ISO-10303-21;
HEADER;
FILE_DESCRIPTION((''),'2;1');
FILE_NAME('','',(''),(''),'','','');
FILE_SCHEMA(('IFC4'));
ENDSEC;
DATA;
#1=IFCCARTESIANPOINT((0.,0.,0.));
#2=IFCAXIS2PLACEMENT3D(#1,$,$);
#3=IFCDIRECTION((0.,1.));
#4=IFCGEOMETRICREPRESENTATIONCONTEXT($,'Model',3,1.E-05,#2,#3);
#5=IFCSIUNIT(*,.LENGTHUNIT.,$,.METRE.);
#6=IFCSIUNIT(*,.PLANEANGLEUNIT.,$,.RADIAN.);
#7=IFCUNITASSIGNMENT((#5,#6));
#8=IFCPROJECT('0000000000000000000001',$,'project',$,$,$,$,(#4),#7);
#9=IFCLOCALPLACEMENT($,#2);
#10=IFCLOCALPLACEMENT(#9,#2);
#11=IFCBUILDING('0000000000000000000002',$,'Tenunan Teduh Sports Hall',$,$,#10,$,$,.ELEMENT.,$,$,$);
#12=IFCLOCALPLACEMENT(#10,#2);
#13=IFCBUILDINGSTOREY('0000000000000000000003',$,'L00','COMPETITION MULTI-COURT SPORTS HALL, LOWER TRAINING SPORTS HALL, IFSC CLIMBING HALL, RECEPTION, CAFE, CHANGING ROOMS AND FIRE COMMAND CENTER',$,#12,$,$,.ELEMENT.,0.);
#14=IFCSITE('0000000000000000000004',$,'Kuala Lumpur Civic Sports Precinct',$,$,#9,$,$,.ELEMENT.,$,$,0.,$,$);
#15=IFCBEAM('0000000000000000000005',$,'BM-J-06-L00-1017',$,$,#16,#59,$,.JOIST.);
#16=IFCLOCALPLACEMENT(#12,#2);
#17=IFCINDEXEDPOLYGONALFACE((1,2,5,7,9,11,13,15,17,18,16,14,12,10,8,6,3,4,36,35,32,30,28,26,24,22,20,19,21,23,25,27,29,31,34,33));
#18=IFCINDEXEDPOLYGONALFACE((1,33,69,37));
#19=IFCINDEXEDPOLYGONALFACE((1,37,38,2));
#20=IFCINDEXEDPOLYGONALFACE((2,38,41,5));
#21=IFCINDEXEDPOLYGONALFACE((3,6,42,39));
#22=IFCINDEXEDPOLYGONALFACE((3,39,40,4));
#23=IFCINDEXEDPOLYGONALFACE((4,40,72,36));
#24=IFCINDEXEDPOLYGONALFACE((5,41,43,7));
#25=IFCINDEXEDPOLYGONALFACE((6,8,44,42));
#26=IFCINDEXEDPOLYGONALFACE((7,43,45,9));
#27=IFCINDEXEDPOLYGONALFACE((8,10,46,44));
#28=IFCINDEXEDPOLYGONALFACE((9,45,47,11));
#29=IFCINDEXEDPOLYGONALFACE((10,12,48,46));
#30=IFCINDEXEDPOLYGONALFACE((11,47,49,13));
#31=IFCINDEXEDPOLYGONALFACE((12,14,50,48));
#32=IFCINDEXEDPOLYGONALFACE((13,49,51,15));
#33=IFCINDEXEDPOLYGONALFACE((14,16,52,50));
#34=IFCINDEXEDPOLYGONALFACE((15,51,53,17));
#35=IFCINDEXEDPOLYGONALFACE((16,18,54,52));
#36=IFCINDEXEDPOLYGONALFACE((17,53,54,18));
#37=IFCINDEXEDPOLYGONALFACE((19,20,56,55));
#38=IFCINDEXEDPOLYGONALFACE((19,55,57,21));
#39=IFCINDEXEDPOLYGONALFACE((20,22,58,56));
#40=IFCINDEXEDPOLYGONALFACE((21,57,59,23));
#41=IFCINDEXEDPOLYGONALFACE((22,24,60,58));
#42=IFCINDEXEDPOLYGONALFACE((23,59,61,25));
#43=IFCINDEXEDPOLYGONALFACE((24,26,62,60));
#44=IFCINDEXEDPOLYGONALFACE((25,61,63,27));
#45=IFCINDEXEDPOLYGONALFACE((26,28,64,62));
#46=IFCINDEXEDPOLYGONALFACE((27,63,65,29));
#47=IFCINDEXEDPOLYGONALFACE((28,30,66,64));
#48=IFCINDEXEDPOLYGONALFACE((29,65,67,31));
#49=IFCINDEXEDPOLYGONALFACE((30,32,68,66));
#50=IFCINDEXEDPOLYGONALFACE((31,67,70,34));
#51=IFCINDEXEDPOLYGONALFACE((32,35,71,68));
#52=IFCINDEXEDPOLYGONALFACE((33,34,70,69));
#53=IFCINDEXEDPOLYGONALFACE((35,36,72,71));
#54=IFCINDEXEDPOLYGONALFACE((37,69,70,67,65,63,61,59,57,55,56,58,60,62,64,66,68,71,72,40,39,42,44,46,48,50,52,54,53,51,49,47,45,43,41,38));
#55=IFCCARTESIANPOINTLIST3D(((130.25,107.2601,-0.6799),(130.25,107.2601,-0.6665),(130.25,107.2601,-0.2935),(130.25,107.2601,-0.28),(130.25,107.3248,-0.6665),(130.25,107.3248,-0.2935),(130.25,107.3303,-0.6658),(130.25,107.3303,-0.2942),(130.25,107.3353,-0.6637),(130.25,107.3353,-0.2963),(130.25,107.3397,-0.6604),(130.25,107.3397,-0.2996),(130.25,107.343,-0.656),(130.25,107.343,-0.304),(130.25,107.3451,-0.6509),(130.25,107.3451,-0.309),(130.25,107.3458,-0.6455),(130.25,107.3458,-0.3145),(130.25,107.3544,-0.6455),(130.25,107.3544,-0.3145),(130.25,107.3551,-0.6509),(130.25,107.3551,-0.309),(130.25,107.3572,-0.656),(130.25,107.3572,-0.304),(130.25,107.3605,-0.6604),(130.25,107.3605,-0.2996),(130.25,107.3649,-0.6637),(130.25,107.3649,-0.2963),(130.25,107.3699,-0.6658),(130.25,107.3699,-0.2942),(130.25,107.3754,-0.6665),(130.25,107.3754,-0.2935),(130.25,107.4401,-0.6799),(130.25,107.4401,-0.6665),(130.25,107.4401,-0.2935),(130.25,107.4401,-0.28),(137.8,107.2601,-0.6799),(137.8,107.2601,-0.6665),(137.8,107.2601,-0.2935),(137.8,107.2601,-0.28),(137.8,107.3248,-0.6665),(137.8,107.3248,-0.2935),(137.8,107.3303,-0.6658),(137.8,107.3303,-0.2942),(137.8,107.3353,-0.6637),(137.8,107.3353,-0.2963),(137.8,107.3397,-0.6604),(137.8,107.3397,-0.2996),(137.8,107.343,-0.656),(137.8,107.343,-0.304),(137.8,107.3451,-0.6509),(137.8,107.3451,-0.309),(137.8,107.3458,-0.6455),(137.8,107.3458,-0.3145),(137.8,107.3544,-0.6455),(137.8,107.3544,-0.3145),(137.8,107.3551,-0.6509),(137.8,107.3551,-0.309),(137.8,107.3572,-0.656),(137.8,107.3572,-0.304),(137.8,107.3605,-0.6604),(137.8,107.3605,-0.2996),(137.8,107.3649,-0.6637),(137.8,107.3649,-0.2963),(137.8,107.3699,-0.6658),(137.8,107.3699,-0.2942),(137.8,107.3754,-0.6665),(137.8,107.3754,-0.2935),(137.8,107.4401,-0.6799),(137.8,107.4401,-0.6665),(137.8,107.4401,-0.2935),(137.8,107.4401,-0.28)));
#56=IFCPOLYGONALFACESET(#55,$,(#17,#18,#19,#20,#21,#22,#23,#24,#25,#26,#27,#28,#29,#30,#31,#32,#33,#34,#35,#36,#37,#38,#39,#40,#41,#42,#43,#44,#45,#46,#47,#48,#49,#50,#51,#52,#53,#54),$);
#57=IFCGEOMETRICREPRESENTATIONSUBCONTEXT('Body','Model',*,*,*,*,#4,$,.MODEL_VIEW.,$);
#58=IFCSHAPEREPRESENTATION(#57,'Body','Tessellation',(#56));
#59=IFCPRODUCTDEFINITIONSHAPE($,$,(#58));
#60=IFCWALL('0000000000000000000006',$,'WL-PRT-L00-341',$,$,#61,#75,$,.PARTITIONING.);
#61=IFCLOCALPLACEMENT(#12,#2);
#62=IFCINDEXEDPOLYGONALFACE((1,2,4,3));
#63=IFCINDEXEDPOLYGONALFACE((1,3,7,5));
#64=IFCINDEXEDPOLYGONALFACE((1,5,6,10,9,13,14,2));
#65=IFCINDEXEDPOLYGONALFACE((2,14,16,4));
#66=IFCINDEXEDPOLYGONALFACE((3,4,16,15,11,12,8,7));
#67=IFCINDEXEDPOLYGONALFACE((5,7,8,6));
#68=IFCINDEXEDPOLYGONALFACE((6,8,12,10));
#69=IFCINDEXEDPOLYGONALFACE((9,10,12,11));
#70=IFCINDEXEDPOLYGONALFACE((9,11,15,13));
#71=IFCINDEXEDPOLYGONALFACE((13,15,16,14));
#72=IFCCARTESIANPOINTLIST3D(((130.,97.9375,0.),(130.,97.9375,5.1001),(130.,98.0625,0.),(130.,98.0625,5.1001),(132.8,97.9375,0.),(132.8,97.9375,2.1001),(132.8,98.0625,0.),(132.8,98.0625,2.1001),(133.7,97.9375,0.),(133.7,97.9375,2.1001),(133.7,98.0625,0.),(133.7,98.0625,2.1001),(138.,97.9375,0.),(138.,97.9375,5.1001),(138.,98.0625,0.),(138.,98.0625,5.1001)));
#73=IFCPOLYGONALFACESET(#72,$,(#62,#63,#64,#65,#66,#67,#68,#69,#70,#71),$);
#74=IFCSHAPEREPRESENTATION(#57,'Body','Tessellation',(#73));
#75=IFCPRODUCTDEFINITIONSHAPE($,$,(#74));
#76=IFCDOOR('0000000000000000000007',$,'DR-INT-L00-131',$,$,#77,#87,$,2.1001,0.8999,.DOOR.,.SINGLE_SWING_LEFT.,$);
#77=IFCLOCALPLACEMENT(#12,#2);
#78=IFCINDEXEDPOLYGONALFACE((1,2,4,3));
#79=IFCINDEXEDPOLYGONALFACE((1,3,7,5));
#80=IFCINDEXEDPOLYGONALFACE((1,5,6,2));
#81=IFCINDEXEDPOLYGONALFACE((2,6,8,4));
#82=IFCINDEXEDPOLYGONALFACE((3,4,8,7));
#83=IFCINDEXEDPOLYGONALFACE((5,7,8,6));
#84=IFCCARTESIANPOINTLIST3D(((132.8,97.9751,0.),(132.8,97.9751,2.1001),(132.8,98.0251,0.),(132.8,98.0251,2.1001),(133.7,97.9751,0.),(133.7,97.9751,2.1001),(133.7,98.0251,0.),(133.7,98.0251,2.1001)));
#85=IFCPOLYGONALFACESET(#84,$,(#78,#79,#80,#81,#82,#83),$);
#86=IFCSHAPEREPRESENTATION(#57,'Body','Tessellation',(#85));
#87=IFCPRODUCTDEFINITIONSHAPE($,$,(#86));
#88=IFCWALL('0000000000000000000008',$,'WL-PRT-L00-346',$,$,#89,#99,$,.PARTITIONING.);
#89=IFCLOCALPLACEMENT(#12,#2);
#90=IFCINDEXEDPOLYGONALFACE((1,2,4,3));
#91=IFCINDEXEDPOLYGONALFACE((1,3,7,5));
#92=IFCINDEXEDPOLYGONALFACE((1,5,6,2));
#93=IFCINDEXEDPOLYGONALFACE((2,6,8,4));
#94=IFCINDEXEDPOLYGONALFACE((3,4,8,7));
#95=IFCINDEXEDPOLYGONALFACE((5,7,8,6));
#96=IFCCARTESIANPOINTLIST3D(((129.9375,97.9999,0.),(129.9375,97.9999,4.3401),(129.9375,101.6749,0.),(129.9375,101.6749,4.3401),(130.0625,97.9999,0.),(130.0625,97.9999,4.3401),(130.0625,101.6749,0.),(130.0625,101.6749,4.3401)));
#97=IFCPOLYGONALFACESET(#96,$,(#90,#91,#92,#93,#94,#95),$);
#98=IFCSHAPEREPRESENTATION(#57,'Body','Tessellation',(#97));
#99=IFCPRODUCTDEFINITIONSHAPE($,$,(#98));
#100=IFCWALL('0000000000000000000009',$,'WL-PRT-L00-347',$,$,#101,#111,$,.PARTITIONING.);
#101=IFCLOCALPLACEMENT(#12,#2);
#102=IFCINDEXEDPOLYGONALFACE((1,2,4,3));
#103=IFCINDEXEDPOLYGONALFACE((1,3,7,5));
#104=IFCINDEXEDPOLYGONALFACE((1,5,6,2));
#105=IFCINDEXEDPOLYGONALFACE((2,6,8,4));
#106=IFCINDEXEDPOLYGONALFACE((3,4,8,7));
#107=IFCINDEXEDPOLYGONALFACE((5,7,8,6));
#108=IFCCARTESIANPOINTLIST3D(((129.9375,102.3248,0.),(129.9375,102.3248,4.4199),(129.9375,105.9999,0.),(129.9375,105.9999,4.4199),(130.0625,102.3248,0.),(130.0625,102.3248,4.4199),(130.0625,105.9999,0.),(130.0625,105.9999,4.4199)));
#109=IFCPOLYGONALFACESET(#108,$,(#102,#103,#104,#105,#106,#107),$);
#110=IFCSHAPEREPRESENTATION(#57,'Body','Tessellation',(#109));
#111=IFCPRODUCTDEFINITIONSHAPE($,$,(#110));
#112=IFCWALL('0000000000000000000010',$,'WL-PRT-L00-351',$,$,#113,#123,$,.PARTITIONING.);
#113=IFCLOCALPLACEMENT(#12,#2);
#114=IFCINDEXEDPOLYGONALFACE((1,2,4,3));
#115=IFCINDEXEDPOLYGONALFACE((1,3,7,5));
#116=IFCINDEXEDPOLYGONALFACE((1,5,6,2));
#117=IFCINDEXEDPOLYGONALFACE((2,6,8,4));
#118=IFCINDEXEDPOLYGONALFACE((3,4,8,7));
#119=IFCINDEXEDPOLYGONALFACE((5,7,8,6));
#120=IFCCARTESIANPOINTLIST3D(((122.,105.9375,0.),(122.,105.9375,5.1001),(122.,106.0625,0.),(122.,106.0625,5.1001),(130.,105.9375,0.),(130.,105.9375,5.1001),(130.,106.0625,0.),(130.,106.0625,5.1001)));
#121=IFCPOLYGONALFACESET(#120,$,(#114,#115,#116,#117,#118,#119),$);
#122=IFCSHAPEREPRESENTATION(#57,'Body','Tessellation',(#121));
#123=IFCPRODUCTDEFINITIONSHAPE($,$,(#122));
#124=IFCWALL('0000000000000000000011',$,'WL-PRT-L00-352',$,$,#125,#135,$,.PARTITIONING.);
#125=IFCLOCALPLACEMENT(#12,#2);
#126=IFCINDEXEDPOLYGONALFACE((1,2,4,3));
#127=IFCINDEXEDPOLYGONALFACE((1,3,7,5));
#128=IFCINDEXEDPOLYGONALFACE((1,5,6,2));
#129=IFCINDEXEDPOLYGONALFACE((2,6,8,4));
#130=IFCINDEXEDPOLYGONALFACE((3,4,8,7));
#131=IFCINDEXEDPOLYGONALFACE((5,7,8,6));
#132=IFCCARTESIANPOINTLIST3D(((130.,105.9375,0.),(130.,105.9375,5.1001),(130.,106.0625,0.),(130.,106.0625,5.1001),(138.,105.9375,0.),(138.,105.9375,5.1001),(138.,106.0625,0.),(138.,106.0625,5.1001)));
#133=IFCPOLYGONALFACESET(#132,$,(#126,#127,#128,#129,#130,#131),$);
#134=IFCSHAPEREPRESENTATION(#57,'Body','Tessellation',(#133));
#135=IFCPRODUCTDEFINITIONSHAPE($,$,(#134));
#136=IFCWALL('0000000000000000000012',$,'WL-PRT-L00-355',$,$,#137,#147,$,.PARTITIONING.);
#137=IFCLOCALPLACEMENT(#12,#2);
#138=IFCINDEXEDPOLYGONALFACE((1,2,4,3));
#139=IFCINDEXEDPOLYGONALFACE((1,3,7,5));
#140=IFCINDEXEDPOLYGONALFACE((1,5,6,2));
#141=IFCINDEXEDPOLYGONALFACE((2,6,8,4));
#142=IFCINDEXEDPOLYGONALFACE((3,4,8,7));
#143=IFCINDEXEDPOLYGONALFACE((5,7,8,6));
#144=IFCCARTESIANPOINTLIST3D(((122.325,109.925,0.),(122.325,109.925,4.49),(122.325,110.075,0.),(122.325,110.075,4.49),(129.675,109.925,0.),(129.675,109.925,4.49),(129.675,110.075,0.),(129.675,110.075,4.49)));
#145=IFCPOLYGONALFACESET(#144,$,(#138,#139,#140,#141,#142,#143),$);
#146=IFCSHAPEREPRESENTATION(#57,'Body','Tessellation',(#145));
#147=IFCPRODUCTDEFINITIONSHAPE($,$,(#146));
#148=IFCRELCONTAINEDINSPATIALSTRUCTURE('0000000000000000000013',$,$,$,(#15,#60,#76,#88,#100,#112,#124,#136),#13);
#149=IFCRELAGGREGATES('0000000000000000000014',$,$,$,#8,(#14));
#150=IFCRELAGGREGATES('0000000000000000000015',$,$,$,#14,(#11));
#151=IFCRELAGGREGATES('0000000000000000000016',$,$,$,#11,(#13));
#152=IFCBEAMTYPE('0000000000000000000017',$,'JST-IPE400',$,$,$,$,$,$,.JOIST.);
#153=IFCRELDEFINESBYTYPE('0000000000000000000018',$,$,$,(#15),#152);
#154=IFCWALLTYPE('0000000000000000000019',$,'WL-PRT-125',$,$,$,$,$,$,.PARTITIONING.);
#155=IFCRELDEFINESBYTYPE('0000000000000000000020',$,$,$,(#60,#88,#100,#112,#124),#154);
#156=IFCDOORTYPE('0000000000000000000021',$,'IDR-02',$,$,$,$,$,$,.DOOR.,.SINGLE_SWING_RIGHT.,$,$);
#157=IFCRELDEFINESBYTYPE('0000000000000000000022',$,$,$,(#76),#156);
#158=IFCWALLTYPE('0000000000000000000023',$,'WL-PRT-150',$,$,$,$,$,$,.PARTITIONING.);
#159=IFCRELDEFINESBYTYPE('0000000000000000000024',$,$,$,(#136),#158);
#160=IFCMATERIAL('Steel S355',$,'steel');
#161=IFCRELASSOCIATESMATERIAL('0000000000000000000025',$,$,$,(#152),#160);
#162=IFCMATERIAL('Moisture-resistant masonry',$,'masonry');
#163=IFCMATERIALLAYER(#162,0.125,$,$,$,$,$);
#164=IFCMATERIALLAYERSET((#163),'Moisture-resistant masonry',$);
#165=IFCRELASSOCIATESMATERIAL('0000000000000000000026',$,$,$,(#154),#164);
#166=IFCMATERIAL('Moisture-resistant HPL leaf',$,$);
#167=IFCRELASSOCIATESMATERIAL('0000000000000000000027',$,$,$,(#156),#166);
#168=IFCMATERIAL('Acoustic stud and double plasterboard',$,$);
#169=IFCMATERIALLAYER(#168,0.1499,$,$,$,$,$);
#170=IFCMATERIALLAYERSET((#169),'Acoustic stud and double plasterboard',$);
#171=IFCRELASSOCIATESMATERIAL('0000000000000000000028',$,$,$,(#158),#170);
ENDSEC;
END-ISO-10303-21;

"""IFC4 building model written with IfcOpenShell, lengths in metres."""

from ifc_helpers import new_model, si_unit, direction, frame, frame_2d, origin, origin_2d, place, context, subcontext, project, spatial, rectangle, i_section, extrude, material, layer, layer_set, material_profile, profile_set, type_object, element, fill, save


model = new_model("IFC4")

# Units and contexts
model_context = context("Model", 3, precision=1e-05, world=origin(), true_north=direction((0.0, 1.0)))
body_context = subcontext(model_context, "Body", "Model", "MODEL_VIEW")
ifc_project = project(units=[si_unit("LENGTHUNIT", "METRE"), si_unit("PLANEANGLEUNIT", "RADIAN")], contexts=[model_context])

# Site, building, storey
site_placement = place(None, origin())
site = spatial("IfcSite", under=ifc_project, at=site_placement, Name="Kuala Lumpur Civic Sports Precinct", CompositionType="ELEMENT", RefElevation=0.0)
building_placement = place(site_placement, origin())
building = spatial("IfcBuilding", under=site, at=building_placement, Name="Tenunan Teduh Sports Hall", CompositionType="ELEMENT")
storey_placement = place(building_placement, origin())
storey = spatial("IfcBuildingStorey", under=building, at=storey_placement, Name="L00", Description="COMPETITION MULTI-COURT SPORTS HALL, LOWER TRAINING SPORTS HALL, IFSC CLIMBING HALL, RECEPTION, CAFE, CHANGING ROOMS AND FIRE COMMAND CENTER", CompositionType="ELEMENT", Elevation=0.0)

# Beam
ifc_material_1 = material(Name="Steel S355", Category="steel")
ifc_material_profile_1 = material_profile(ifc_material_1, i_section(OverallWidth=0.1799, OverallDepth=0.3999, WebThickness=0.0085, FlangeThickness=0.0134, FilletRadius=0.021, at=origin_2d()), Name="IPE 400")
ifc_profile_set_1 = profile_set([ifc_material_profile_1], Name="Steel S355")
beam_type_1 = type_object("IfcBeamType", Name="JST-IPE400", PredefinedType="JOIST", material=ifc_profile_set_1)
beam_1_placement = place(storey_placement, frame((130.25, 107.3501, -0.48), z_axis=(1.0, 0.0, 0.0), x_axis=(0.0, 1.0, 0.0)))
element("IfcBeam", 1, at=beam_1_placement, inside=storey, type_object=beam_type_1, Name="BM-J-06-L00-1017", PredefinedType="JOIST", context=body_context, shape_type="SweptSolid", body=[
    extrude(i_section(OverallWidth=0.1799, OverallDepth=0.3999, WebThickness=0.0085, FlangeThickness=0.0134, FilletRadius=0.021, at=origin_2d()), origin(), (0.0, 0.0, 1.0), 7.55),
])

# Wall, opening, door
ifc_material_2 = material(Name="Moisture-resistant masonry", Category="masonry")
ifc_layer_1 = layer(ifc_material_2, 0.125)
ifc_layer_set_1 = layer_set([ifc_layer_1], Name="Moisture-resistant masonry")
wall_type_1 = type_object("IfcWallType", Name="WL-PRT-125", PredefinedType="PARTITIONING", material=ifc_layer_set_1)
wall_1_placement = place(storey_placement, frame((130.0, 98.0, 0.0), z_axis=(0.0, 0.0, 1.0), x_axis=(1.0, 0.0, 0.0)))
wall_1 = element("IfcWall", 2, at=wall_1_placement, inside=storey, type_object=wall_type_1, Name="WL-PRT-L00-341", PredefinedType="PARTITIONING", context=body_context, shape_type="SweptSolid", body=[
    extrude(rectangle(XDim=8.0, YDim=0.125, at=frame_2d((4.0, 0.0))), origin(), (0.0, 0.0, 1.0), 5.1001),
])
opening_placement = place(wall_1_placement, frame((2.8, 0.0, 0.0)))
opening = element("IfcOpeningElement", 3, at=opening_placement, cuts=wall_1, PredefinedType="OPENING", context=body_context, shape_type="SweptSolid", body=[
    extrude(rectangle(XDim=0.8999, YDim=2.1001, at=frame_2d((0.45, 1.05))), frame((0.0, 0.0725, 0.0), z_axis=(0.0, -1.0, 0.0), x_axis=(1.0, 0.0, 0.0)), (0.0, 0.0, 1.0), 0.145),
])
ifc_material_3 = material(Name="Moisture-resistant HPL leaf")
door_type = type_object("IfcDoorType", Name="IDR-02", OperationType="SINGLE_SWING_RIGHT", PredefinedType="DOOR", material=ifc_material_3)
door_placement = place(opening_placement, frame((0.8999, 0.0, 0.0), z_axis=(0.0, 0.0, 1.0), x_axis=(-1.0, 0.0, 0.0)))
door = element("IfcDoor", 4, at=door_placement, inside=storey, type_object=door_type, Name="DR-INT-L00-131", OperationType="SINGLE_SWING_LEFT", OverallHeight=2.1001, OverallWidth=0.8999, PredefinedType="DOOR", context=body_context, shape_type="SweptSolid", body=[
    extrude(rectangle(XDim=0.8999, YDim=2.1001, at=frame_2d((0.45, 1.05))), frame((0.0, 0.0249, 0.0), z_axis=(0.0, -1.0, 0.0), x_axis=(1.0, 0.0, 0.0)), (0.0, 0.0, 1.0), 0.05),
])
fill(opening, door)

# Walls
wall_2_placement = place(storey_placement, frame((130.0, 98.0, 0.0), z_axis=(0.0, 0.0, 1.0), x_axis=(0.0, 1.0, 0.0)))
element("IfcWall", 5, at=wall_2_placement, inside=storey, type_object=wall_type_1, Name="WL-PRT-L00-346", PredefinedType="PARTITIONING", context=body_context, shape_type="SweptSolid", body=[
    extrude(rectangle(XDim=3.675, YDim=0.125, at=frame_2d((1.8374, 0.0))), origin(), (0.0, 0.0, 1.0), 4.3401),
])
wall_3_placement = place(storey_placement, frame((130.0, 102.325, 0.0), z_axis=(0.0, 0.0, 1.0), x_axis=(0.0, 1.0, 0.0)))
element("IfcWall", 6, at=wall_3_placement, inside=storey, type_object=wall_type_1, Name="WL-PRT-L00-347", PredefinedType="PARTITIONING", context=body_context, shape_type="SweptSolid", body=[
    extrude(rectangle(XDim=3.675, YDim=0.125, at=frame_2d((1.8374, 0.0))), origin(), (0.0, 0.0, 1.0), 4.4199),
])
for number, where, z_axis, x_axis, name in (
    (7, (122.0, 106.0, 0.0), (0.0, 0.0, 1.0), (1.0, 0.0, 0.0), "WL-PRT-L00-351"),
    (8, (130.0, 106.0, 0.0), (0.0, 0.0, 1.0), (1.0, 0.0, 0.0), "WL-PRT-L00-352"),
):
    element("IfcWall", number, at=place(storey_placement, frame(where, z_axis=z_axis, x_axis=x_axis)), inside=storey, type_object=wall_type_1, Name=name, PredefinedType="PARTITIONING", context=body_context, shape_type="SweptSolid", body=[
        extrude(rectangle(XDim=8.0, YDim=0.125, at=frame_2d((4.0, 0.0))), origin(), (0.0, 0.0, 1.0), 5.1001),
    ])
ifc_material_4 = material(Name="Acoustic stud and double plasterboard")
ifc_layer_2 = layer(ifc_material_4, 0.1499)
ifc_layer_set_2 = layer_set([ifc_layer_2], Name="Acoustic stud and double plasterboard")
wall_type_2 = type_object("IfcWallType", Name="WL-PRT-150", PredefinedType="PARTITIONING", material=ifc_layer_set_2)
wall_4_placement = place(storey_placement, frame((122.325, 110.0, 0.0), z_axis=(0.0, 0.0, 1.0), x_axis=(1.0, 0.0, 0.0)))
element("IfcWall", 9, at=wall_4_placement, inside=storey, type_object=wall_type_2, Name="WL-PRT-L00-355", PredefinedType="PARTITIONING", context=body_context, shape_type="SweptSolid", body=[
    extrude(rectangle(XDim=7.3501, YDim=0.1499, at=frame_2d((3.675, 0.0))), origin(), (0.0, 0.0, 1.0), 4.49),
])

save(model, "model.ifc")
